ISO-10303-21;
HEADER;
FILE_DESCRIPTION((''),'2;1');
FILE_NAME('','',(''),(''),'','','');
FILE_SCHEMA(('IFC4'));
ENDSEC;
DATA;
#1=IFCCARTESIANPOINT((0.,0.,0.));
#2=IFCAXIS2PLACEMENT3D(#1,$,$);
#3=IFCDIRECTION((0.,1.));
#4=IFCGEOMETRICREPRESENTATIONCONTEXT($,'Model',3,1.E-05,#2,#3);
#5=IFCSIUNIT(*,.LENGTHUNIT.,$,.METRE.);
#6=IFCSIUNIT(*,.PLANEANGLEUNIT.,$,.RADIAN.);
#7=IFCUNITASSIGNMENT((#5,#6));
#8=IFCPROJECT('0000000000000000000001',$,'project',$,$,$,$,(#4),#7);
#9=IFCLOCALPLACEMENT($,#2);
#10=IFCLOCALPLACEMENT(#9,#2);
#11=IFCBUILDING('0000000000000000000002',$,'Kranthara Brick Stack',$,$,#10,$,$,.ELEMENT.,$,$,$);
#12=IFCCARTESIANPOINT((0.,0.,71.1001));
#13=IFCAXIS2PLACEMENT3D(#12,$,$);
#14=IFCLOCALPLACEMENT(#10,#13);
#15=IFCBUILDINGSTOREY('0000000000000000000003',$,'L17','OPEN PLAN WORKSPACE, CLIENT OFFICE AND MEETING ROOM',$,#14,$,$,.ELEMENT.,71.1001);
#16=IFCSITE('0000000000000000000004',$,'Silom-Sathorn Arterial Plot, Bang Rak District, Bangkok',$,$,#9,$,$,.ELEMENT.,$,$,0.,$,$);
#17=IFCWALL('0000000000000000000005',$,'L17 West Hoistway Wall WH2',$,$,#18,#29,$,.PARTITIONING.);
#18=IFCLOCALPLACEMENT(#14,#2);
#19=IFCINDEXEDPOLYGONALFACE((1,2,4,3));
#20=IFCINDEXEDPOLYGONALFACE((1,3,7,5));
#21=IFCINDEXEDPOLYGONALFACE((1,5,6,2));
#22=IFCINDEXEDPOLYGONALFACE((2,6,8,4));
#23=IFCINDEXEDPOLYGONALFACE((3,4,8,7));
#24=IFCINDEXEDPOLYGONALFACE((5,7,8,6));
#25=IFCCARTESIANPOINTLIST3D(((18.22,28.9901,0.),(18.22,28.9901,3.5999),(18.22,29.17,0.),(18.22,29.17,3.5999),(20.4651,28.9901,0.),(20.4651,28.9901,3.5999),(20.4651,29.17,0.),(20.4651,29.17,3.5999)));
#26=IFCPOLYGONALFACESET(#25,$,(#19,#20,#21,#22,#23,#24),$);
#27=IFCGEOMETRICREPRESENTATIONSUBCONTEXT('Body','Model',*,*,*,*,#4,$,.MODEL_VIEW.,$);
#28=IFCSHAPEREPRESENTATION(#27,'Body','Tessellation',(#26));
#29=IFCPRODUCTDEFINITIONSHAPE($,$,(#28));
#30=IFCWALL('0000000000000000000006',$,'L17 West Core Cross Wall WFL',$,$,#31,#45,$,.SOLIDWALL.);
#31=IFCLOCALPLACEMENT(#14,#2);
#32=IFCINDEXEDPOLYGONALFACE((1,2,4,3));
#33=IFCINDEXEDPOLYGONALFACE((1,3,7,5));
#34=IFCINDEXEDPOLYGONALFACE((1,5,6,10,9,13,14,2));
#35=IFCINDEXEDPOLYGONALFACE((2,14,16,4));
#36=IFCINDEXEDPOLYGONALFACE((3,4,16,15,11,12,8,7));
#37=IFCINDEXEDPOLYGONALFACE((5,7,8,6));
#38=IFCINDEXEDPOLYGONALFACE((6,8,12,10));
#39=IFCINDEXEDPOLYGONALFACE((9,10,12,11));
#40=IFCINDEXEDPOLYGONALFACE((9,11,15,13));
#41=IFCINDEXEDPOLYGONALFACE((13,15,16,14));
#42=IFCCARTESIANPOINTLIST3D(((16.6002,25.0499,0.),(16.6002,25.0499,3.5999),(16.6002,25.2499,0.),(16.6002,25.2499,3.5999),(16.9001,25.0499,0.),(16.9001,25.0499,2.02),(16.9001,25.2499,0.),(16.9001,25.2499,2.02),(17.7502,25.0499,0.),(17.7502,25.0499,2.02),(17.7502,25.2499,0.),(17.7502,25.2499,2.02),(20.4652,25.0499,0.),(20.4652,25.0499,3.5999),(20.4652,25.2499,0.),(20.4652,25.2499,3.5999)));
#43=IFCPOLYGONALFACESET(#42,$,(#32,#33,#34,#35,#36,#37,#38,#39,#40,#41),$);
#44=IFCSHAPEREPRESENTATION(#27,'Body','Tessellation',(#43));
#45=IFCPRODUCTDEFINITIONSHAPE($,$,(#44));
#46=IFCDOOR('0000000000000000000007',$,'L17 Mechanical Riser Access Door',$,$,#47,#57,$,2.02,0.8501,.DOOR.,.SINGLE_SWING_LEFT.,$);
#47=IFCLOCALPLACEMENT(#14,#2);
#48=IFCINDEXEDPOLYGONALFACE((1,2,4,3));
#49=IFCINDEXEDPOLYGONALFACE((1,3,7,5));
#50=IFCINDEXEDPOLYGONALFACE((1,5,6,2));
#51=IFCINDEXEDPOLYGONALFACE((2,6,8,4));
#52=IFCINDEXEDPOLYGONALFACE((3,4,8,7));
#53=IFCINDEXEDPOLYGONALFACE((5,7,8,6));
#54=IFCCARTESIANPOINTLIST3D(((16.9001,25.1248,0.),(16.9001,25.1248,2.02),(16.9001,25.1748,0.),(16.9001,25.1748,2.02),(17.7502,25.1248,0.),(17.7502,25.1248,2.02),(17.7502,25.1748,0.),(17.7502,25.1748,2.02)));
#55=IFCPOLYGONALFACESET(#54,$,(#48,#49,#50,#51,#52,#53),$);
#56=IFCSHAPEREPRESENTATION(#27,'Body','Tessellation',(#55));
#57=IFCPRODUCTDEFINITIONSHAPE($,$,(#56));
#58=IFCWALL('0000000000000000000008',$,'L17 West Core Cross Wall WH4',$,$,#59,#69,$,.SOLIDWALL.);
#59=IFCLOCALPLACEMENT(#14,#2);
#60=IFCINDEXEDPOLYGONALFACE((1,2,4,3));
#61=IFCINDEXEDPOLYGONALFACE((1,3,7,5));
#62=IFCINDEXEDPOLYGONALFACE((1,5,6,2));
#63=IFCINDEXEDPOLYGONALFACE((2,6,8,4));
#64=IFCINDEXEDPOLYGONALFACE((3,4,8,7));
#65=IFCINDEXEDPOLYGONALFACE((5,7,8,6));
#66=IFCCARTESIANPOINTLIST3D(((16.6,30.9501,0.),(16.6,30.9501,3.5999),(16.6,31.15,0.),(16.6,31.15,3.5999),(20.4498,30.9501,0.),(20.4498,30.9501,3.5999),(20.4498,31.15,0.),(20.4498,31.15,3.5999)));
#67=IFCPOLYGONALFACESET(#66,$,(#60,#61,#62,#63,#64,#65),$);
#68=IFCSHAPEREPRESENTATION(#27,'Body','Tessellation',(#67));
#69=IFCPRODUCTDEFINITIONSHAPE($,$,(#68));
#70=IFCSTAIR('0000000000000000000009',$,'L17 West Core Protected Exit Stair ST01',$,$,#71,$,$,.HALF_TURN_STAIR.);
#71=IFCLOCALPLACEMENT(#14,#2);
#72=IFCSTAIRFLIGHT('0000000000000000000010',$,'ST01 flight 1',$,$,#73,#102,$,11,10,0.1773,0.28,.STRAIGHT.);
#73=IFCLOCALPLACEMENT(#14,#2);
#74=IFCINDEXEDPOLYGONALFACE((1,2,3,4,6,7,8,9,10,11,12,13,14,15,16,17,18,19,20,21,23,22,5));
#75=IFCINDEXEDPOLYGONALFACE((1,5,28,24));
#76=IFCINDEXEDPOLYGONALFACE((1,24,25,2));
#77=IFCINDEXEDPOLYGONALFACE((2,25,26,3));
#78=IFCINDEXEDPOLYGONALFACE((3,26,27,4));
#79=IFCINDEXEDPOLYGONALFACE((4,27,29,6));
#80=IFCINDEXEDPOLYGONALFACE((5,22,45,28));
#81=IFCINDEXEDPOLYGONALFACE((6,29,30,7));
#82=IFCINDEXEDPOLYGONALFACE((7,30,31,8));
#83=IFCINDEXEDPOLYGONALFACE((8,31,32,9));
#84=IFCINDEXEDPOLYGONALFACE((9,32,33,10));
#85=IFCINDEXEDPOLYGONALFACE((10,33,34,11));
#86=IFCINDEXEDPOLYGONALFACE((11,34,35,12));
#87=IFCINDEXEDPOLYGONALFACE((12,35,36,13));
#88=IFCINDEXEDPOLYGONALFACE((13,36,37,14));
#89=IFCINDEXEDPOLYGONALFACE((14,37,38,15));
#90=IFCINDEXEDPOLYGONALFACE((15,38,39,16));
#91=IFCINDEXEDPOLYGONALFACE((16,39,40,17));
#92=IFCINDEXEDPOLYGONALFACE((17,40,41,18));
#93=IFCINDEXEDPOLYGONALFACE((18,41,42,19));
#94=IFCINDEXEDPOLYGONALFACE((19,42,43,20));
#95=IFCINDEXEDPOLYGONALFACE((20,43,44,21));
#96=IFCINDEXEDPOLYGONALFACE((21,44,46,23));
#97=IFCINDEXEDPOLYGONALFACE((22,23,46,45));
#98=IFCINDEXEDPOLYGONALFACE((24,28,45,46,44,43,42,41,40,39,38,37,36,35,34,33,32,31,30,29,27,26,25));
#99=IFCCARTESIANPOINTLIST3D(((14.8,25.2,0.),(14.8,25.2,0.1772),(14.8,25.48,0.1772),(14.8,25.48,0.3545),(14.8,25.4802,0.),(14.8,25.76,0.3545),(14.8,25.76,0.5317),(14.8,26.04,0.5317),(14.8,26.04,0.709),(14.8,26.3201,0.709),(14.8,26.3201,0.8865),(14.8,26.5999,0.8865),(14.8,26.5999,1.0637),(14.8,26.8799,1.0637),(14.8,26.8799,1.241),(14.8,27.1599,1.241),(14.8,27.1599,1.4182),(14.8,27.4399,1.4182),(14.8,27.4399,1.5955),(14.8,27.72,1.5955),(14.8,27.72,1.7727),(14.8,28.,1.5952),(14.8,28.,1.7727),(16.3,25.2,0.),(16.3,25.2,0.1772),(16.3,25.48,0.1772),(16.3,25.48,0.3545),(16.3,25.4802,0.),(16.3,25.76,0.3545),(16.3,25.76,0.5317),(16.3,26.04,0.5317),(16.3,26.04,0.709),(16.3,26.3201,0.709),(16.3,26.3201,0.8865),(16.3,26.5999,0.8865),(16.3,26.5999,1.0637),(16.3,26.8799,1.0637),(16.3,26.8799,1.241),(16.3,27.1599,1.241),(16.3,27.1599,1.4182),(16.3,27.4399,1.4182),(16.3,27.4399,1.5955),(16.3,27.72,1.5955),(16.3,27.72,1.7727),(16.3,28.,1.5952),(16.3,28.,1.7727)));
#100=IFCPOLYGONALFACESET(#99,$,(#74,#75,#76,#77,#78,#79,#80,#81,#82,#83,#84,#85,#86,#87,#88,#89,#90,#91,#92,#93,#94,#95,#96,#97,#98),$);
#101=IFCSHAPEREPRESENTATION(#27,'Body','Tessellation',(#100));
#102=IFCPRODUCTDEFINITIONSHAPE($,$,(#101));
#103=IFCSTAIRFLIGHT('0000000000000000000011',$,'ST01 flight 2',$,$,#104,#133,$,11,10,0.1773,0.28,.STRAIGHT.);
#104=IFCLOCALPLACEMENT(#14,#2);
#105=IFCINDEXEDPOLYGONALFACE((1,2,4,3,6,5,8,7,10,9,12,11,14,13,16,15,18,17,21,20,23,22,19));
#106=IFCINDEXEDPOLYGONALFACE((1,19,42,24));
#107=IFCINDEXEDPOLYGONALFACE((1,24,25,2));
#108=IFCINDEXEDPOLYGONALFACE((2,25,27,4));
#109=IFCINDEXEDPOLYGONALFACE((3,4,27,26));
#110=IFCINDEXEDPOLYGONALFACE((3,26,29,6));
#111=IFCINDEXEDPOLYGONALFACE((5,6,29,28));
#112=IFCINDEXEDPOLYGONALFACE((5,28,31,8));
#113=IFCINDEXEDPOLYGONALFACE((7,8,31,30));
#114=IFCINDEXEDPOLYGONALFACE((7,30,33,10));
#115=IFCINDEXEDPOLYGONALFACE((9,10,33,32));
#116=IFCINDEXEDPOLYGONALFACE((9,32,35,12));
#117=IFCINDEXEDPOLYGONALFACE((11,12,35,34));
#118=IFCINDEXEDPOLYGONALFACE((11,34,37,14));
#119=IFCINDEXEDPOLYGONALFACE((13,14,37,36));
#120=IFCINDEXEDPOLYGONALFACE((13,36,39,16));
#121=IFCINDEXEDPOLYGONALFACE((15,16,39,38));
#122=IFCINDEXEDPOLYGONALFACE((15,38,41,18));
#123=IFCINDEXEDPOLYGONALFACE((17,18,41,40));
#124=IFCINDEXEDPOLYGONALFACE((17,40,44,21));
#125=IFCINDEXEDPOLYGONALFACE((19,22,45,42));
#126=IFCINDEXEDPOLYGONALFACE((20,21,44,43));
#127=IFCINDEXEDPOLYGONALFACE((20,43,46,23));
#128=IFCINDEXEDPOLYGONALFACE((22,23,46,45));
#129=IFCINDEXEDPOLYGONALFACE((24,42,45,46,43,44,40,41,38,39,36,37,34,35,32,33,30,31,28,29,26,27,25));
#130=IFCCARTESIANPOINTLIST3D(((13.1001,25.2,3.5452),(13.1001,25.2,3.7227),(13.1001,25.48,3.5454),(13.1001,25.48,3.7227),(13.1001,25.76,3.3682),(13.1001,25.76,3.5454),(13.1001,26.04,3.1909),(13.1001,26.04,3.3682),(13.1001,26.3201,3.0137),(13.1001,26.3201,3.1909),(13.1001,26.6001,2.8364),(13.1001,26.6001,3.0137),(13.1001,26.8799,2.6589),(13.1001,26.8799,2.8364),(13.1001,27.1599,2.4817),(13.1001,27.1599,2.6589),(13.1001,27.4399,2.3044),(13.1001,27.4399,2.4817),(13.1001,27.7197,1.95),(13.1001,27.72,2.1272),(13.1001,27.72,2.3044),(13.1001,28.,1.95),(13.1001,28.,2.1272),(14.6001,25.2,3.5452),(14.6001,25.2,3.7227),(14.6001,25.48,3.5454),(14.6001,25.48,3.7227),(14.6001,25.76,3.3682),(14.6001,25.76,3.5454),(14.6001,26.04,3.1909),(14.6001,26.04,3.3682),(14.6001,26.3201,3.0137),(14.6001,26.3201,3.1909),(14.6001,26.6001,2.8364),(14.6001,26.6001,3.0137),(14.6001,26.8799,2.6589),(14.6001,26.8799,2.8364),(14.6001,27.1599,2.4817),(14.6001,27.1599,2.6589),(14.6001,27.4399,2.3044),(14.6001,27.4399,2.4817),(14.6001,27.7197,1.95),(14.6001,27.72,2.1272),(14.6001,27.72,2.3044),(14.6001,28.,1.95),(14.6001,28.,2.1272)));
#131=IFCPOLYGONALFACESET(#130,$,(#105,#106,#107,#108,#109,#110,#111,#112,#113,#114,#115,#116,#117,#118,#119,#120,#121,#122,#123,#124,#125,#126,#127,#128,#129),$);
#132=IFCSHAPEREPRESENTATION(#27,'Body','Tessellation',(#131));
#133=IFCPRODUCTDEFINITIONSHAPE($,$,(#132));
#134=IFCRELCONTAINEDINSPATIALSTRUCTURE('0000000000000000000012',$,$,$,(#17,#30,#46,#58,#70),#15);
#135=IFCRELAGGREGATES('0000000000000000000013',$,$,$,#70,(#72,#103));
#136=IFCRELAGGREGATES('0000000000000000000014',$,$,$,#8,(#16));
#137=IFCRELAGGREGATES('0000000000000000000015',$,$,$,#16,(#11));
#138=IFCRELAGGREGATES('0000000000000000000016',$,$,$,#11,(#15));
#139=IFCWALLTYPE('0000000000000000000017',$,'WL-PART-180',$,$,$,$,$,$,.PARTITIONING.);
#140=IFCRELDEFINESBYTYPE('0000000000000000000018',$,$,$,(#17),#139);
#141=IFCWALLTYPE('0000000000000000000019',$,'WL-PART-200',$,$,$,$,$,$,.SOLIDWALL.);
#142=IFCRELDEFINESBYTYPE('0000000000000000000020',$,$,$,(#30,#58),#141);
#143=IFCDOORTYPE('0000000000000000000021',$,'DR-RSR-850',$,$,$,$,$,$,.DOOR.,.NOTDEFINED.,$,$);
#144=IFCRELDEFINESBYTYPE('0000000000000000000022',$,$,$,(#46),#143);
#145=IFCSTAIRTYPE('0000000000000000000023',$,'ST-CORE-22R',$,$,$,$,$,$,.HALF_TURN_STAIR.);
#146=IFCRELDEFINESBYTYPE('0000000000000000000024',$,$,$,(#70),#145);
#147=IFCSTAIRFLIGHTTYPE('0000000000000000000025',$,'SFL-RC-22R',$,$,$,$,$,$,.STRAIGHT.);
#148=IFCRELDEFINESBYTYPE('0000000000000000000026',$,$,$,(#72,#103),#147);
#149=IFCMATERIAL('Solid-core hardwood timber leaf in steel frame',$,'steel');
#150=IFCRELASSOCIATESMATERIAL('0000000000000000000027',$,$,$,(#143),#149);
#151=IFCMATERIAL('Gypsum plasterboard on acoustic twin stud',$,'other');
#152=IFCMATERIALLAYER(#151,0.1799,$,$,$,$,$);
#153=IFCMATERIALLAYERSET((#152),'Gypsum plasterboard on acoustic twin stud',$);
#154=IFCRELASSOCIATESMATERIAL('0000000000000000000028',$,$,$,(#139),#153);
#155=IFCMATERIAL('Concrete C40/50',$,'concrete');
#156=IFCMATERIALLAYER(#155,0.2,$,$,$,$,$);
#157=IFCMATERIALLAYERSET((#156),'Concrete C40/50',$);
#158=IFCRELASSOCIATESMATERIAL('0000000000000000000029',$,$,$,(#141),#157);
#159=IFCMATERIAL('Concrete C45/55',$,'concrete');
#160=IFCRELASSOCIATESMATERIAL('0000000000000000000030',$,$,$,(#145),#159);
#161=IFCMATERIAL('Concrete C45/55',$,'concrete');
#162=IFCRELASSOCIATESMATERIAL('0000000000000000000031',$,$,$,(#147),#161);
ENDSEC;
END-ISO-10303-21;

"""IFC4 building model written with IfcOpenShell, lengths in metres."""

from ifc_helpers import new_model, si_unit, direction, frame, frame_2d, origin, place, context, subcontext, project, spatial, polyline, rectangle, outline, extrude, material, layer, layer_set, type_object, element, fill, aggregate, save


model = new_model("IFC4")

# Units and contexts
model_context = context("Model", 3, precision=1e-05, world=origin(), true_north=direction((0.0, 1.0)))
body_context = subcontext(model_context, "Body", "Model", "MODEL_VIEW")
ifc_project = project(units=[si_unit("LENGTHUNIT", "METRE"), si_unit("PLANEANGLEUNIT", "RADIAN")], contexts=[model_context])

# Site, building, storey
site_placement = place(None, origin())
site = spatial("IfcSite", under=ifc_project, at=site_placement, Name="Silom-Sathorn Arterial Plot, Bang Rak District, Bangkok", CompositionType="ELEMENT", RefElevation=0.0)
building_placement = place(site_placement, origin())
building = spatial("IfcBuilding", under=site, at=building_placement, Name="Kranthara Brick Stack", CompositionType="ELEMENT")
storey_placement = place(building_placement, frame((0.0, 0.0, 71.1001)))
storey = spatial("IfcBuildingStorey", under=building, at=storey_placement, Name="L17", Description="OPEN PLAN WORKSPACE, CLIENT OFFICE AND MEETING ROOM", CompositionType="ELEMENT", Elevation=71.1001)

# Shared definitions
ifc_material_1 = material(Name="Solid-core hardwood timber leaf in steel frame", Category="steel")
door_type = type_object("IfcDoorType", Name="DR-RSR-850", OperationType="NOTDEFINED", PredefinedType="DOOR", material=ifc_material_1)

# Wall
ifc_material_2 = material(Name="Gypsum plasterboard on acoustic twin stud", Category="other")
ifc_layer_1 = layer(ifc_material_2, 0.1799)
ifc_layer_set_1 = layer_set([ifc_layer_1], Name="Gypsum plasterboard on acoustic twin stud")
wall_type_1 = type_object("IfcWallType", Name="WL-PART-180", PredefinedType="PARTITIONING", material=ifc_layer_set_1)
for number, where, z_axis, x_axis, name in (
    (1, (18.22, 29.0801, 0.0), (0.0, 0.0, 1.0), (1.0, 0.0, 0.0), "L17 West Hoistway Wall WH2"),
):
    element("IfcWall", number, at=place(storey_placement, frame(where, z_axis=z_axis, x_axis=x_axis)), inside=storey, type_object=wall_type_1, Name=name, PredefinedType="PARTITIONING", context=body_context, shape_type="SweptSolid", body=[
        extrude(rectangle(XDim=2.2451, YDim=0.1799, at=frame_2d((1.1226, 0.0))), origin(), (0.0, 0.0, 1.0), 3.5999),
    ])

# Wall, opening, door
ifc_material_3 = material(Name="Concrete C40/50", Category="concrete")
ifc_layer_2 = layer(ifc_material_3, 0.2)
ifc_layer_set_2 = layer_set([ifc_layer_2], Name="Concrete C40/50")
wall_type_2 = type_object("IfcWallType", Name="WL-PART-200", PredefinedType="SOLIDWALL", material=ifc_layer_set_2)
wall_1_placement = place(storey_placement, frame((16.6001, 25.1499, 0.0), z_axis=(0.0, 0.0, 1.0), x_axis=(1.0, 0.0, 0.0)))
wall_1 = element("IfcWall", 2, at=wall_1_placement, inside=storey, type_object=wall_type_2, Name="L17 West Core Cross Wall WFL", PredefinedType="SOLIDWALL", context=body_context, shape_type="SweptSolid", body=[
    extrude(rectangle(XDim=3.865, YDim=0.2, at=frame_2d((1.9326, 0.0))), origin(), (0.0, 0.0, 1.0), 3.5999),
])
opening_1_placement = place(wall_1_placement, frame((0.3, 0.0, 0.0)))
opening_1 = element("IfcOpeningElement", 3, at=opening_1_placement, cuts=wall_1, PredefinedType="OPENING", context=body_context, shape_type="SweptSolid", body=[
    extrude(rectangle(XDim=0.8501, YDim=2.02, at=frame_2d((0.425, 1.01))), frame((0.0, 0.1099, 0.0), z_axis=(0.0, -1.0, 0.0), x_axis=(1.0, 0.0, 0.0)), (0.0, 0.0, 1.0), 0.22),
])
door_1_placement = place(opening_1_placement, origin())
door_1 = element("IfcDoor", 4, at=door_1_placement, inside=storey, type_object=door_type, Name="L17 Mechanical Riser Access Door", OperationType="SINGLE_SWING_LEFT", OverallHeight=2.02, OverallWidth=0.8501, PredefinedType="DOOR", context=body_context, shape_type="SweptSolid", body=[
    extrude(rectangle(XDim=0.8501, YDim=2.02, at=frame_2d((0.425, 1.01))), frame((0.0, 0.0249, 0.0), z_axis=(0.0, -1.0, 0.0), x_axis=(1.0, 0.0, 0.0)), (0.0, 0.0, 1.0), 0.05),
])
fill(opening_1, door_1)

# Wall
wall_2_placement = place(storey_placement, frame((16.6001, 31.05, 0.0), z_axis=(0.0, 0.0, 1.0), x_axis=(1.0, 0.0, 0.0)))
element("IfcWall", 5, at=wall_2_placement, inside=storey, type_object=wall_type_2, Name="L17 West Core Cross Wall WH4", PredefinedType="SOLIDWALL", context=body_context, shape_type="SweptSolid", body=[
    extrude(rectangle(XDim=3.8499, YDim=0.2, at=frame_2d((1.9248, 0.0))), origin(), (0.0, 0.0, 1.0), 3.5999),
])

# Stair, stair flights
ifc_material_4 = material(Name="Concrete C45/55", Category="concrete")
stair_type = type_object("IfcStairType", Name="ST-CORE-22R", PredefinedType="HALF_TURN_STAIR", material=ifc_material_4)
stair_placement = place(storey_placement, origin())
stair = element("IfcStair", 6, at=stair_placement, inside=storey, type_object=stair_type, Name="L17 West Core Protected Exit Stair ST01", PredefinedType="HALF_TURN_STAIR")
ifc_material_5 = material(Name="Concrete C45/55", Category="concrete")
stair_flight_type = type_object("IfcStairFlightType", Name="SFL-RC-22R", PredefinedType="STRAIGHT", material=ifc_material_5)
stair_flight_1_placement = place(storey_placement, frame((15.55, 25.2, 0.0), z_axis=(0.0, 0.0, 1.0), x_axis=(0.0, 1.0, 0.0)))
stair_flight_1 = element("IfcStairFlight", 7, at=stair_flight_1_placement, type_object=stair_flight_type, Name="ST01 flight 1", NumberOfRisers=11, NumberOfTreads=10, PredefinedType="STRAIGHT", RiserHeight=0.1773, TreadLength=0.28, context=body_context, shape_type="SweptSolid", body=[
    extrude(outline(polyline([(0.0, 0.0), (0.0, 0.1772), (0.28, 0.1772), (0.28, 0.3545), (0.5601, 0.3545), (0.5601, 0.5317), (0.8401, 0.5317), (0.8401, 0.709), (1.1201, 0.709), (1.1201, 0.8865), (1.3999, 0.8865), (1.3999, 1.0637), (1.6799, 1.0637), (1.6799, 1.241), (1.96, 1.241), (1.96, 1.4182), (2.24, 1.4182), (2.24, 1.5955), (2.52, 1.5955), (2.52, 1.7727), (2.8, 1.7727), (2.8, 1.95), (2.8, 1.5952), (0.2803, 0.0), (0.0, 0.0)])), frame((0.0, 0.75, 0.0), z_axis=(0.0, -1.0, 0.0), x_axis=(1.0, 0.0, 0.0)), (0.0, 0.0, 1.0), 1.5),
])
stair_flight_2_placement = place(storey_placement, frame((13.8501, 28.0, 1.95), z_axis=(0.0, 0.0, 1.0), x_axis=(0.0, -1.0, 0.0)))
stair_flight_2 = element("IfcStairFlight", 8, at=stair_flight_2_placement, type_object=stair_flight_type, Name="ST01 flight 2", NumberOfRisers=11, NumberOfTreads=10, PredefinedType="STRAIGHT", RiserHeight=0.1773, TreadLength=0.28, context=body_context, shape_type="SweptSolid", body=[
    extrude(outline(polyline([(0.0, 0.0), (0.0, 0.1772), (0.28, 0.1772), (0.28, 0.3545), (0.5601, 0.3545), (0.5601, 0.5317), (0.8401, 0.5317), (0.8401, 0.709), (1.1201, 0.709), (1.1201, 0.8865), (1.3999, 0.8865), (1.3999, 1.0637), (1.6799, 1.0637), (1.6799, 1.241), (1.96, 1.241), (1.96, 1.4182), (2.24, 1.4182), (2.24, 1.5955), (2.52, 1.5955), (2.52, 1.7727), (2.8, 1.7727), (2.8, 1.95), (2.8, 1.5952), (0.2803, 0.0), (0.0, 0.0)])), frame((0.0, 0.75, 0.0), z_axis=(0.0, -1.0, 0.0), x_axis=(1.0, 0.0, 0.0)), (0.0, 0.0, 1.0), 1.5),
])
aggregate(stair, [stair_flight_1, stair_flight_2])

save(model, "model.ifc")
